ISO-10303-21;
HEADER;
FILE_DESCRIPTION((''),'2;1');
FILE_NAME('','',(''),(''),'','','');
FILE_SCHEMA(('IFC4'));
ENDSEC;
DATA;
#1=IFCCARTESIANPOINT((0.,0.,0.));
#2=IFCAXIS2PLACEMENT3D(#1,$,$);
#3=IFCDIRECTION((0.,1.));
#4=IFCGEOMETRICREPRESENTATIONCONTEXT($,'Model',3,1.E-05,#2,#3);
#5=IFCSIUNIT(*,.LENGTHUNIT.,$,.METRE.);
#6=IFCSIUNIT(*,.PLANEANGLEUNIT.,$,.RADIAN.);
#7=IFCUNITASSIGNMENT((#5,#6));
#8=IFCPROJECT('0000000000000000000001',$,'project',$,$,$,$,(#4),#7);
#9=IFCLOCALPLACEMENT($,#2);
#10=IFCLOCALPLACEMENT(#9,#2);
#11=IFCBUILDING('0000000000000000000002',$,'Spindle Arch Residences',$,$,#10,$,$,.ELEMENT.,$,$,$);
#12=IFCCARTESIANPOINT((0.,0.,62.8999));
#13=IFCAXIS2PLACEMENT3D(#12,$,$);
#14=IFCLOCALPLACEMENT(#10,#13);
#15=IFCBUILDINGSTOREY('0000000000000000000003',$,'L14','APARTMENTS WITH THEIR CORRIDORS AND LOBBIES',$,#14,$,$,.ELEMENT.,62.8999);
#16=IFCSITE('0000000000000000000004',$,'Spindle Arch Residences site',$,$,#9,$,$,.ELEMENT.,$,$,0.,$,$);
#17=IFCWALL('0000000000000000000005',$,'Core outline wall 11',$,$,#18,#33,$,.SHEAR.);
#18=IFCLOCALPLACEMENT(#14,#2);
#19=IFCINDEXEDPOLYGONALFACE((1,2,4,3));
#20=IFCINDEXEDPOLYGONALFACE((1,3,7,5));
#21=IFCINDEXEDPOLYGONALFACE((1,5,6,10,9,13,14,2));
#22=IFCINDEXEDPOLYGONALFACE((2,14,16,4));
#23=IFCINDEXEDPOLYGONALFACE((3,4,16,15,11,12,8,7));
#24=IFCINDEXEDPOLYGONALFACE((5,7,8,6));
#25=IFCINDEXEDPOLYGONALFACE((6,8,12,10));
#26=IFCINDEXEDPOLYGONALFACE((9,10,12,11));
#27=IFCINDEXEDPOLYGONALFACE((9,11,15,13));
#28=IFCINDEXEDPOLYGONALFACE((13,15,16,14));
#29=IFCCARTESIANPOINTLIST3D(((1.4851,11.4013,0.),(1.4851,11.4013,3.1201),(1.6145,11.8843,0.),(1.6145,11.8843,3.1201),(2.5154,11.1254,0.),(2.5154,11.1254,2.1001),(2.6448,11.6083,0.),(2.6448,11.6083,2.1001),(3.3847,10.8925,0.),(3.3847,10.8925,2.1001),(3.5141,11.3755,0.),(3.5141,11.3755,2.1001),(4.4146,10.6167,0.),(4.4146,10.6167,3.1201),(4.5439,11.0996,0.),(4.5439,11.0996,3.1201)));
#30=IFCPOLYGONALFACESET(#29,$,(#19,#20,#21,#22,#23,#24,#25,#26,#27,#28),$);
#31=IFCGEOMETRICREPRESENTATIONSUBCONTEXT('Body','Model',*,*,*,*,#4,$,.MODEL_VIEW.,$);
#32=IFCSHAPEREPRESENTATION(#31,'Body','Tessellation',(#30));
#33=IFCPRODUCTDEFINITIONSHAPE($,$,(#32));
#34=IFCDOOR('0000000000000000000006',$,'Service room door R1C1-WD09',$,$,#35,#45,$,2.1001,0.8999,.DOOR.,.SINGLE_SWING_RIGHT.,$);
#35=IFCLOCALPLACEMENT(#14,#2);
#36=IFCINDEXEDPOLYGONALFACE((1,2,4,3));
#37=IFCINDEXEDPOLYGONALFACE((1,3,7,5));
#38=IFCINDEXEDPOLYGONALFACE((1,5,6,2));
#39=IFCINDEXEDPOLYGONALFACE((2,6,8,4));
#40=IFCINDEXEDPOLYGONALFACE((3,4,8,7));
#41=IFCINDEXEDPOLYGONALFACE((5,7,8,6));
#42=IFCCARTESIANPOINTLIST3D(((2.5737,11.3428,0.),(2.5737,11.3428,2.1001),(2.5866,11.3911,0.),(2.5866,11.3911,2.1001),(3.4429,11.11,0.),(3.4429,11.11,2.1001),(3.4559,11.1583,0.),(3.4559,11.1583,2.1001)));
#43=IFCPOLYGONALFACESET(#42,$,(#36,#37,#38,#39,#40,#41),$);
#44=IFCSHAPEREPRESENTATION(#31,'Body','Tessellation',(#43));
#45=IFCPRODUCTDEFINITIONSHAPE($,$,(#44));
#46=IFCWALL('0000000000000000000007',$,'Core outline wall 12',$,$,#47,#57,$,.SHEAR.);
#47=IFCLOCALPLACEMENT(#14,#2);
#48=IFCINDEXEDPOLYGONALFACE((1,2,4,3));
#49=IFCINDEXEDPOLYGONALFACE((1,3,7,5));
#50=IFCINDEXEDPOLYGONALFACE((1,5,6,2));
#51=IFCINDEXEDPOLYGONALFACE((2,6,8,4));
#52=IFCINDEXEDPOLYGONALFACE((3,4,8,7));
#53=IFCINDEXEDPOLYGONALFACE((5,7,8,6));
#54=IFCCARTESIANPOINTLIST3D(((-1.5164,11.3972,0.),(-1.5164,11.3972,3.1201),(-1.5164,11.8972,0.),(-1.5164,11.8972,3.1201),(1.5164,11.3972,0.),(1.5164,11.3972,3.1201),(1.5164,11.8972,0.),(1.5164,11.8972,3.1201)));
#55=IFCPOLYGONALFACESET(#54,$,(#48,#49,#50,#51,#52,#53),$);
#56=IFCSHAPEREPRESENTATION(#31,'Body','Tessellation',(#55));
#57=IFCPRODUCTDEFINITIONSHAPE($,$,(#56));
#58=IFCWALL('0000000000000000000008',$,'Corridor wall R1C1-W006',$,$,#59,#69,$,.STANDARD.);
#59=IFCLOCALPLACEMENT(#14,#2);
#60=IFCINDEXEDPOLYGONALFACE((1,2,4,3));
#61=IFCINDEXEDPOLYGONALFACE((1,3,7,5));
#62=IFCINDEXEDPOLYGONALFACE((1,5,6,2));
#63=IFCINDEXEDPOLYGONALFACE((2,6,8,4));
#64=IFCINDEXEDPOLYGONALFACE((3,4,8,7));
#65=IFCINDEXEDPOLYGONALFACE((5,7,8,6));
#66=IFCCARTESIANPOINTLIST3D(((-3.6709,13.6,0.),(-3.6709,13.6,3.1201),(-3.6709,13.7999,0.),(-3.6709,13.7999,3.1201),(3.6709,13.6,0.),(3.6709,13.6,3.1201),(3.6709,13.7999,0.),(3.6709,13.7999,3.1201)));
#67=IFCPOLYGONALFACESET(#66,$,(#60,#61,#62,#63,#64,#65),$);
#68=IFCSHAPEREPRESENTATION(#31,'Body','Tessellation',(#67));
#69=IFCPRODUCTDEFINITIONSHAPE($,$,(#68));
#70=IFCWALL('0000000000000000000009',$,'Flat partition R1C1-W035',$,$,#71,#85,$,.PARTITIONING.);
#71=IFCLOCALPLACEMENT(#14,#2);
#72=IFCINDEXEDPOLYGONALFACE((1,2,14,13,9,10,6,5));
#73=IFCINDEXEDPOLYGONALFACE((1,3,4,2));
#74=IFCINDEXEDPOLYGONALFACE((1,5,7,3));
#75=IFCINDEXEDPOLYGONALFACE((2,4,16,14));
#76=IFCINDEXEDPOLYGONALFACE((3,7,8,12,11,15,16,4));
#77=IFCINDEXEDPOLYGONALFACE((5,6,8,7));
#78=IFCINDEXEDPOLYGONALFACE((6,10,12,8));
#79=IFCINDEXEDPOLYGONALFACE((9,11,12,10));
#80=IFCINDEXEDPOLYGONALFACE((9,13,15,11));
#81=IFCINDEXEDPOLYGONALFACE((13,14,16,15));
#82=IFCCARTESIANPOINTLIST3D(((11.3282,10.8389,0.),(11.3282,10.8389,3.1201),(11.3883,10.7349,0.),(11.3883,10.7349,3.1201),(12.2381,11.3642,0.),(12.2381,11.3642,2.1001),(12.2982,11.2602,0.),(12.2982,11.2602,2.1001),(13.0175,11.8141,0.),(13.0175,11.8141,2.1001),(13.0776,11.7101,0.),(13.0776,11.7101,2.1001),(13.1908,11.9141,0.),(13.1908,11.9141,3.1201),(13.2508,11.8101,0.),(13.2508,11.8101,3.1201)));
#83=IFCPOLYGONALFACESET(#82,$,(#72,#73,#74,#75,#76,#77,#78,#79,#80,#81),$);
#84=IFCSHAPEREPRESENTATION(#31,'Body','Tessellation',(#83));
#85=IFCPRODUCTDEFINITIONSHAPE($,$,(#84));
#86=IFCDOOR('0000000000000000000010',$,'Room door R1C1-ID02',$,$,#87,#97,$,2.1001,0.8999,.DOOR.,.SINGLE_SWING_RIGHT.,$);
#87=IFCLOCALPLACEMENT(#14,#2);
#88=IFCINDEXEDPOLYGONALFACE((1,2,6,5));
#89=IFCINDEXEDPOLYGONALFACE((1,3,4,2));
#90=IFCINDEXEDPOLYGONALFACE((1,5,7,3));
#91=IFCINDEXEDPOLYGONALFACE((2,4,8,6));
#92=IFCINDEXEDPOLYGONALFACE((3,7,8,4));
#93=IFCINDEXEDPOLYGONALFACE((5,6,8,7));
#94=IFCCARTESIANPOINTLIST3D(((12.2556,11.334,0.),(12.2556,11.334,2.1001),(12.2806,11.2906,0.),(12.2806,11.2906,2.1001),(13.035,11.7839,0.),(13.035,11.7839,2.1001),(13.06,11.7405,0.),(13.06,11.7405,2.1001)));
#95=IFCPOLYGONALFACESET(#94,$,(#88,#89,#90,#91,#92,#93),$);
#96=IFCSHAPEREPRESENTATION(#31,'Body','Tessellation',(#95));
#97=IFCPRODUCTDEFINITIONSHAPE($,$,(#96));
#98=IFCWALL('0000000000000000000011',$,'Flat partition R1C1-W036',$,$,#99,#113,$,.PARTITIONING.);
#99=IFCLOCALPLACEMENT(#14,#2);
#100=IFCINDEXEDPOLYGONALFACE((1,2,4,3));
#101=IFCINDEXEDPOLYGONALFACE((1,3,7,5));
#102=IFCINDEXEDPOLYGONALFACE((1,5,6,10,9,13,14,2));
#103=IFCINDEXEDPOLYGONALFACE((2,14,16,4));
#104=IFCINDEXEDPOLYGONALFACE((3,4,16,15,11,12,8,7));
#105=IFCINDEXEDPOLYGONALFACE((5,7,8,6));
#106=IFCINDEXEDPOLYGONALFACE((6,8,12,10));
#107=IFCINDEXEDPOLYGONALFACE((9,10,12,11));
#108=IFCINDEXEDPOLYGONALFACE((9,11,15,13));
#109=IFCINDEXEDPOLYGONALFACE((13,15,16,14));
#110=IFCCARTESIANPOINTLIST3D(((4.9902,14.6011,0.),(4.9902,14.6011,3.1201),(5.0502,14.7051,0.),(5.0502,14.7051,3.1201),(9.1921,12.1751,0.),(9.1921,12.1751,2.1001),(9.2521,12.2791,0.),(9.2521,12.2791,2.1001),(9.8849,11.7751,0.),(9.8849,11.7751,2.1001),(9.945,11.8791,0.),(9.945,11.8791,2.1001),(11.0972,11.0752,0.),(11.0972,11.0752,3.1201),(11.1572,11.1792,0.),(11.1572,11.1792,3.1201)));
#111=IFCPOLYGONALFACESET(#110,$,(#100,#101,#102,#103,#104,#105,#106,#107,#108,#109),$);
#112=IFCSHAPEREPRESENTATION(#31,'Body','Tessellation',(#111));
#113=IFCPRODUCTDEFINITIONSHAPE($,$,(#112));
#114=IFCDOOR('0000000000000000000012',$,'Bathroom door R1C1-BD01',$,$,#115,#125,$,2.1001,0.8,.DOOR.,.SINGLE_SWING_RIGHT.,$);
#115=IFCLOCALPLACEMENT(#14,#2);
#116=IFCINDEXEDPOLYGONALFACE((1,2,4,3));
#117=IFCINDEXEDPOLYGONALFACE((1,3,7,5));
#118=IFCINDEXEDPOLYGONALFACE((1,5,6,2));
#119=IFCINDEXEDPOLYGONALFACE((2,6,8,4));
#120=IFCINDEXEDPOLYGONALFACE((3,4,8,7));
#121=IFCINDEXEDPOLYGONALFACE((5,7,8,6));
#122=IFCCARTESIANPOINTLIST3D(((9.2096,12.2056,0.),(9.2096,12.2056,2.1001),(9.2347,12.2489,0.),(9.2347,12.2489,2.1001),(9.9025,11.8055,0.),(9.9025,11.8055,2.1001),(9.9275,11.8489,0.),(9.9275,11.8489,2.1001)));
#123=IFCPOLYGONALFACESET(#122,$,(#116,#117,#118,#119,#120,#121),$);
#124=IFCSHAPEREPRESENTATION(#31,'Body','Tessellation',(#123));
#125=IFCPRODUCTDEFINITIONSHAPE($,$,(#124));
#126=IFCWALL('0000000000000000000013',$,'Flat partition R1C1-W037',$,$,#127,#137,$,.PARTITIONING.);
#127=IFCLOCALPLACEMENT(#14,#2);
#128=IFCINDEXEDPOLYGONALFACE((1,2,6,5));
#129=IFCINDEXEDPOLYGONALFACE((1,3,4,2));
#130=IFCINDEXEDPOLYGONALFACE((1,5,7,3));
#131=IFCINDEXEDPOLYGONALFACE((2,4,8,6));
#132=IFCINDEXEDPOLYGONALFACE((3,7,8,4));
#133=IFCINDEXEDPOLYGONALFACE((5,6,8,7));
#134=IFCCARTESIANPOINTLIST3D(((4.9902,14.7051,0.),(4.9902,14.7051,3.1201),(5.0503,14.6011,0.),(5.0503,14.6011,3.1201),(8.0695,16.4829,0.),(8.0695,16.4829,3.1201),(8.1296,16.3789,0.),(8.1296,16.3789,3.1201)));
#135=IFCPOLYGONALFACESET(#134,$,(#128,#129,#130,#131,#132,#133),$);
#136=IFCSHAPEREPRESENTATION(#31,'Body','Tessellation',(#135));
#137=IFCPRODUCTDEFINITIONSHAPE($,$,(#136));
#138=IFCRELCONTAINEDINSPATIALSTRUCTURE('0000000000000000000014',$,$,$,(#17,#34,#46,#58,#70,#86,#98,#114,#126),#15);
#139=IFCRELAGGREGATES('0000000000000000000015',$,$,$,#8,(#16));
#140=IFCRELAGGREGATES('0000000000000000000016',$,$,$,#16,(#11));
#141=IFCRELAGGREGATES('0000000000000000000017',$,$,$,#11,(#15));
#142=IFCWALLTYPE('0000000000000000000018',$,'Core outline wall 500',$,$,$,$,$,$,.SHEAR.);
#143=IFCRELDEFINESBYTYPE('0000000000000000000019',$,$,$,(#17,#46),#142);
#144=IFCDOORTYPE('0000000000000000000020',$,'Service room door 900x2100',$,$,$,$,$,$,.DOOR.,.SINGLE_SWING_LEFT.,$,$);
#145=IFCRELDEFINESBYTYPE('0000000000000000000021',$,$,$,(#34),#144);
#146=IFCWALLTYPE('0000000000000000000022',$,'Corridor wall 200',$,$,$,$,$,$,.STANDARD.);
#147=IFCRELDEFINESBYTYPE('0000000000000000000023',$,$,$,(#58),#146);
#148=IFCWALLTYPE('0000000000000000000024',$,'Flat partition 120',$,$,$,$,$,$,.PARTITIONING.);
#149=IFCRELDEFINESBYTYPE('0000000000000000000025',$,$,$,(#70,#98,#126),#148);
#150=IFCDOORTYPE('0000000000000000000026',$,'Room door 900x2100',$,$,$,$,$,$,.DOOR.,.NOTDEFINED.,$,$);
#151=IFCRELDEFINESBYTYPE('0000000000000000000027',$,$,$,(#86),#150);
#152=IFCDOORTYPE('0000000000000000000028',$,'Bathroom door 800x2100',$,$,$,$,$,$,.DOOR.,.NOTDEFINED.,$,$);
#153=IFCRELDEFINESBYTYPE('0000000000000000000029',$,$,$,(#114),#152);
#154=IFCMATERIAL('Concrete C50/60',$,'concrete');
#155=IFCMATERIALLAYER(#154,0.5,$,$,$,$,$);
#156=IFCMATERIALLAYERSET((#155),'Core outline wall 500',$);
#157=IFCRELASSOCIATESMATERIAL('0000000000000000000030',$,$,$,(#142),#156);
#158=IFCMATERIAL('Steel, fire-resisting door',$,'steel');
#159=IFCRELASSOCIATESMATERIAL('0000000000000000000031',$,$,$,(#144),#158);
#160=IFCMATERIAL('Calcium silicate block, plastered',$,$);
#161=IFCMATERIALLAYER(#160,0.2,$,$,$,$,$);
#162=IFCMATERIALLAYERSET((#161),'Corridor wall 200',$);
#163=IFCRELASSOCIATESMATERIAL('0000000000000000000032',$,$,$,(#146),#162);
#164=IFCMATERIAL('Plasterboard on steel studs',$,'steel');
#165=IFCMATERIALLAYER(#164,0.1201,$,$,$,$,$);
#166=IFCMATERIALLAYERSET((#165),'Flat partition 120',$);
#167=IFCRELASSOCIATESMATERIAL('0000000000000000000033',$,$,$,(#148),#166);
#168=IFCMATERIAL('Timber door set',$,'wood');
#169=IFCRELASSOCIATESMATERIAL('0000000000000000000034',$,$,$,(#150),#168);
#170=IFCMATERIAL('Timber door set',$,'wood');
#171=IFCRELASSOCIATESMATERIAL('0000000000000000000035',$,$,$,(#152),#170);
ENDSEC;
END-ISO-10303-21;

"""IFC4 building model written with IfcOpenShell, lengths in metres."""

from ifc_helpers import new_model, si_unit, direction, frame, frame_2d, origin, place, context, subcontext, project, spatial, rectangle, extrude, material, layer, layer_set, type_object, element, fill, save


model = new_model("IFC4")

# Units and contexts
model_context = context("Model", 3, precision=1e-05, world=origin(), true_north=direction((0.0, 1.0)))
body_context = subcontext(model_context, "Body", "Model", "MODEL_VIEW")
ifc_project = project(units=[si_unit("LENGTHUNIT", "METRE"), si_unit("PLANEANGLEUNIT", "RADIAN")], contexts=[model_context])

# Site, building, storey
site_placement = place(None, origin())
site = spatial("IfcSite", under=ifc_project, at=site_placement, Name="Spindle Arch Residences site", CompositionType="ELEMENT", RefElevation=0.0)
building_placement = place(site_placement, origin())
building = spatial("IfcBuilding", under=site, at=building_placement, Name="Spindle Arch Residences", CompositionType="ELEMENT")
storey_placement = place(building_placement, frame((0.0, 0.0, 62.8999)))
storey = spatial("IfcBuildingStorey", under=building, at=storey_placement, Name="L14", Description="APARTMENTS WITH THEIR CORRIDORS AND LOBBIES", CompositionType="ELEMENT", Elevation=62.8999)

# Wall, opening, door
ifc_material_1 = material(Name="Concrete C50/60", Category="concrete")
ifc_layer_1 = layer(ifc_material_1, 0.5)
ifc_layer_set_1 = layer_set([ifc_layer_1], Name="Core outline wall 500")
wall_type_1 = type_object("IfcWallType", Name="Core outline wall 500", PredefinedType="SHEAR", material=ifc_layer_set_1)
wall_1_placement = place(storey_placement, frame((4.4792, 10.8582, 0.0), z_axis=(0.0, 0.0, 1.0), x_axis=(-0.965948, 0.258735, 0.0)))
wall_1 = element("IfcWall", 1, at=wall_1_placement, inside=storey, type_object=wall_type_1, Name="Core outline wall 11", PredefinedType="SHEAR", context=body_context, shape_type="SweptSolid", body=[
    extrude(rectangle(XDim=3.0327, YDim=0.5, at=frame_2d((1.5164, 0.0))), origin(), (0.0, 0.0, 1.0), 3.1201),
])
opening_1_placement = place(wall_1_placement, frame((1.0662, 0.0, 0.0)))
opening_1 = element("IfcOpeningElement", 2, at=opening_1_placement, cuts=wall_1, PredefinedType="OPENING", context=body_context, shape_type="SweptSolid", body=[
    extrude(rectangle(XDim=0.8999, YDim=2.1001, at=frame_2d((0.45, 1.05))), frame((0.0, 0.26, 0.0), z_axis=(0.0, -1.0, 0.0), x_axis=(1.0, 0.0, 0.0)), (0.0, 0.0, 1.0), 0.52),
])
ifc_material_2 = material(Name="Steel, fire-resisting door", Category="steel")
door_type_1 = type_object("IfcDoorType", Name="Service room door 900x2100", OperationType="SINGLE_SWING_LEFT", PredefinedType="DOOR", material=ifc_material_2)
door_1_placement = place(opening_1_placement, origin())
door_1 = element("IfcDoor", 3, at=door_1_placement, inside=storey, type_object=door_type_1, Name="Service room door R1C1-WD09", OperationType="SINGLE_SWING_RIGHT", OverallHeight=2.1001, OverallWidth=0.8999, PredefinedType="DOOR", context=body_context, shape_type="SweptSolid", body=[
    extrude(rectangle(XDim=0.8999, YDim=2.1001, at=frame_2d((0.45, 1.05))), frame((0.0, 0.0249, 0.0), z_axis=(0.0, -1.0, 0.0), x_axis=(1.0, 0.0, 0.0)), (0.0, 0.0, 1.0), 0.05),
])
fill(opening_1, door_1)

# Walls
wall_2_placement = place(storey_placement, frame((1.5164, 11.6472, 0.0), z_axis=(0.0, 0.0, 1.0), x_axis=(-1.0, 0.0, 0.0)))
element("IfcWall", 4, at=wall_2_placement, inside=storey, type_object=wall_type_1, Name="Core outline wall 12", PredefinedType="SHEAR", context=body_context, shape_type="SweptSolid", body=[
    extrude(rectangle(XDim=3.0327, YDim=0.5, at=frame_2d((1.5164, 0.0))), origin(), (0.0, 0.0, 1.0), 3.1201),
])
ifc_material_3 = material(Name="Calcium silicate block, plastered")
ifc_layer_2 = layer(ifc_material_3, 0.2)
ifc_layer_set_2 = layer_set([ifc_layer_2], Name="Corridor wall 200")
wall_type_2 = type_object("IfcWallType", Name="Corridor wall 200", PredefinedType="STANDARD", material=ifc_layer_set_2)
wall_3_placement = place(storey_placement, frame((3.6709, 13.7, 0.0), z_axis=(0.0, 0.0, 1.0), x_axis=(-1.0, 0.0, 0.0)))
element("IfcWall", 5, at=wall_3_placement, inside=storey, type_object=wall_type_2, Name="Corridor wall R1C1-W006", PredefinedType="STANDARD", context=body_context, shape_type="SweptSolid", body=[
    extrude(rectangle(XDim=7.3418, YDim=0.2, at=frame_2d((3.6709, 0.0))), origin(), (0.0, 0.0, 1.0), 3.1201),
])

# Walls, openings, doors
ifc_material_4 = material(Name="Plasterboard on steel studs", Category="steel")
ifc_layer_3 = layer(ifc_material_4, 0.1201)
ifc_layer_set_3 = layer_set([ifc_layer_3], Name="Flat partition 120")
wall_type_3 = type_object("IfcWallType", Name="Flat partition 120", PredefinedType="PARTITIONING", material=ifc_layer_set_3)
wall_4_placement = place(storey_placement, frame((13.2207, 11.8621, 0.0), z_axis=(0.0, 0.0, 1.0), x_axis=(-0.866055, -0.499948, 0.0)))
wall_4 = element("IfcWall", 6, at=wall_4_placement, inside=storey, type_object=wall_type_3, Name="Flat partition R1C1-W035", PredefinedType="PARTITIONING", context=body_context, shape_type="SweptSolid", body=[
    extrude(rectangle(XDim=2.1506, YDim=0.1201, at=frame_2d((1.0752, 0.0))), origin(), (0.0, 0.0, 1.0), 3.1201),
])
opening_2_placement = place(wall_4_placement, frame((0.2, 0.0, 0.0)))
opening_2 = element("IfcOpeningElement", 7, at=opening_2_placement, cuts=wall_4, PredefinedType="OPENING", context=body_context, shape_type="SweptSolid", body=[
    extrude(rectangle(XDim=0.8999, YDim=2.1001, at=frame_2d((0.45, 1.05))), frame((0.0, 0.0701, 0.0), z_axis=(0.0, -1.0, 0.0), x_axis=(1.0, 0.0, 0.0)), (0.0, 0.0, 1.0), 0.1401),
])
ifc_material_5 = material(Name="Timber door set", Category="wood")
door_type_2 = type_object("IfcDoorType", Name="Room door 900x2100", OperationType="NOTDEFINED", PredefinedType="DOOR", material=ifc_material_5)
door_2_placement = place(opening_2_placement, origin())
door_2 = element("IfcDoor", 8, at=door_2_placement, inside=storey, type_object=door_type_2, Name="Room door R1C1-ID02", OperationType="SINGLE_SWING_RIGHT", OverallHeight=2.1001, OverallWidth=0.8999, PredefinedType="DOOR", context=body_context, shape_type="SweptSolid", body=[
    extrude(rectangle(XDim=0.8999, YDim=2.1001, at=frame_2d((0.45, 1.05))), frame((0.0, 0.0249, 0.0), z_axis=(0.0, -1.0, 0.0), x_axis=(1.0, 0.0, 0.0)), (0.0, 0.0, 1.0), 0.05),
])
fill(opening_2, door_2)
wall_5_placement = place(storey_placement, frame((11.1272, 11.1272, 0.0), z_axis=(0.0, 0.0, 1.0), x_axis=(-0.866023, 0.500004, 0.0)))
wall_5 = element("IfcWall", 9, at=wall_5_placement, inside=storey, type_object=wall_type_3, Name="Flat partition R1C1-W036", PredefinedType="PARTITIONING", context=body_context, shape_type="SweptSolid", body=[
    extrude(rectangle(XDim=7.0518, YDim=0.1201, at=frame_2d((3.5259, 0.0))), origin(), (0.0, 0.0, 1.0), 3.1201),
])
opening_3_placement = place(wall_5_placement, frame((1.3999, 0.0, 0.0)))
opening_3 = element("IfcOpeningElement", 10, at=opening_3_placement, cuts=wall_5, PredefinedType="OPENING", context=body_context, shape_type="SweptSolid", body=[
    extrude(rectangle(XDim=0.8, YDim=2.1001, at=frame_2d((0.3999, 1.05))), frame((0.0, 0.0701, 0.0), z_axis=(0.0, -1.0, 0.0), x_axis=(1.0, 0.0, 0.0)), (0.0, 0.0, 1.0), 0.1401),
])
ifc_material_6 = material(Name="Timber door set", Category="wood")
door_type_3 = type_object("IfcDoorType", Name="Bathroom door 800x2100", OperationType="NOTDEFINED", PredefinedType="DOOR", material=ifc_material_6)
door_3_placement = place(opening_3_placement, origin())
door_3 = element("IfcDoor", 11, at=door_3_placement, inside=storey, type_object=door_type_3, Name="Bathroom door R1C1-BD01", OperationType="SINGLE_SWING_RIGHT", OverallHeight=2.1001, OverallWidth=0.8, PredefinedType="DOOR", context=body_context, shape_type="SweptSolid", body=[
    extrude(rectangle(XDim=0.8, YDim=2.1001, at=frame_2d((0.3999, 1.05))), frame((0.0, 0.0249, 0.0), z_axis=(0.0, -1.0, 0.0), x_axis=(1.0, 0.0, 0.0)), (0.0, 0.0, 1.0), 0.05),
])
fill(opening_3, door_3)

# Wall
wall_6_placement = place(storey_placement, frame((5.0203, 14.6531, 0.0), z_axis=(0.0, 0.0, 1.0), x_axis=(0.866029, 0.499994, 0.0)))
element("IfcWall", 12, at=wall_6_placement, inside=storey, type_object=wall_type_3, Name="Flat partition R1C1-W037", PredefinedType="PARTITIONING", context=body_context, shape_type="SweptSolid", body=[
    extrude(rectangle(XDim=3.5557, YDim=0.1201, at=frame_2d((1.7778, 0.0))), origin(), (0.0, 0.0, 1.0), 3.1201),
])

save(model, "model.ifc")
